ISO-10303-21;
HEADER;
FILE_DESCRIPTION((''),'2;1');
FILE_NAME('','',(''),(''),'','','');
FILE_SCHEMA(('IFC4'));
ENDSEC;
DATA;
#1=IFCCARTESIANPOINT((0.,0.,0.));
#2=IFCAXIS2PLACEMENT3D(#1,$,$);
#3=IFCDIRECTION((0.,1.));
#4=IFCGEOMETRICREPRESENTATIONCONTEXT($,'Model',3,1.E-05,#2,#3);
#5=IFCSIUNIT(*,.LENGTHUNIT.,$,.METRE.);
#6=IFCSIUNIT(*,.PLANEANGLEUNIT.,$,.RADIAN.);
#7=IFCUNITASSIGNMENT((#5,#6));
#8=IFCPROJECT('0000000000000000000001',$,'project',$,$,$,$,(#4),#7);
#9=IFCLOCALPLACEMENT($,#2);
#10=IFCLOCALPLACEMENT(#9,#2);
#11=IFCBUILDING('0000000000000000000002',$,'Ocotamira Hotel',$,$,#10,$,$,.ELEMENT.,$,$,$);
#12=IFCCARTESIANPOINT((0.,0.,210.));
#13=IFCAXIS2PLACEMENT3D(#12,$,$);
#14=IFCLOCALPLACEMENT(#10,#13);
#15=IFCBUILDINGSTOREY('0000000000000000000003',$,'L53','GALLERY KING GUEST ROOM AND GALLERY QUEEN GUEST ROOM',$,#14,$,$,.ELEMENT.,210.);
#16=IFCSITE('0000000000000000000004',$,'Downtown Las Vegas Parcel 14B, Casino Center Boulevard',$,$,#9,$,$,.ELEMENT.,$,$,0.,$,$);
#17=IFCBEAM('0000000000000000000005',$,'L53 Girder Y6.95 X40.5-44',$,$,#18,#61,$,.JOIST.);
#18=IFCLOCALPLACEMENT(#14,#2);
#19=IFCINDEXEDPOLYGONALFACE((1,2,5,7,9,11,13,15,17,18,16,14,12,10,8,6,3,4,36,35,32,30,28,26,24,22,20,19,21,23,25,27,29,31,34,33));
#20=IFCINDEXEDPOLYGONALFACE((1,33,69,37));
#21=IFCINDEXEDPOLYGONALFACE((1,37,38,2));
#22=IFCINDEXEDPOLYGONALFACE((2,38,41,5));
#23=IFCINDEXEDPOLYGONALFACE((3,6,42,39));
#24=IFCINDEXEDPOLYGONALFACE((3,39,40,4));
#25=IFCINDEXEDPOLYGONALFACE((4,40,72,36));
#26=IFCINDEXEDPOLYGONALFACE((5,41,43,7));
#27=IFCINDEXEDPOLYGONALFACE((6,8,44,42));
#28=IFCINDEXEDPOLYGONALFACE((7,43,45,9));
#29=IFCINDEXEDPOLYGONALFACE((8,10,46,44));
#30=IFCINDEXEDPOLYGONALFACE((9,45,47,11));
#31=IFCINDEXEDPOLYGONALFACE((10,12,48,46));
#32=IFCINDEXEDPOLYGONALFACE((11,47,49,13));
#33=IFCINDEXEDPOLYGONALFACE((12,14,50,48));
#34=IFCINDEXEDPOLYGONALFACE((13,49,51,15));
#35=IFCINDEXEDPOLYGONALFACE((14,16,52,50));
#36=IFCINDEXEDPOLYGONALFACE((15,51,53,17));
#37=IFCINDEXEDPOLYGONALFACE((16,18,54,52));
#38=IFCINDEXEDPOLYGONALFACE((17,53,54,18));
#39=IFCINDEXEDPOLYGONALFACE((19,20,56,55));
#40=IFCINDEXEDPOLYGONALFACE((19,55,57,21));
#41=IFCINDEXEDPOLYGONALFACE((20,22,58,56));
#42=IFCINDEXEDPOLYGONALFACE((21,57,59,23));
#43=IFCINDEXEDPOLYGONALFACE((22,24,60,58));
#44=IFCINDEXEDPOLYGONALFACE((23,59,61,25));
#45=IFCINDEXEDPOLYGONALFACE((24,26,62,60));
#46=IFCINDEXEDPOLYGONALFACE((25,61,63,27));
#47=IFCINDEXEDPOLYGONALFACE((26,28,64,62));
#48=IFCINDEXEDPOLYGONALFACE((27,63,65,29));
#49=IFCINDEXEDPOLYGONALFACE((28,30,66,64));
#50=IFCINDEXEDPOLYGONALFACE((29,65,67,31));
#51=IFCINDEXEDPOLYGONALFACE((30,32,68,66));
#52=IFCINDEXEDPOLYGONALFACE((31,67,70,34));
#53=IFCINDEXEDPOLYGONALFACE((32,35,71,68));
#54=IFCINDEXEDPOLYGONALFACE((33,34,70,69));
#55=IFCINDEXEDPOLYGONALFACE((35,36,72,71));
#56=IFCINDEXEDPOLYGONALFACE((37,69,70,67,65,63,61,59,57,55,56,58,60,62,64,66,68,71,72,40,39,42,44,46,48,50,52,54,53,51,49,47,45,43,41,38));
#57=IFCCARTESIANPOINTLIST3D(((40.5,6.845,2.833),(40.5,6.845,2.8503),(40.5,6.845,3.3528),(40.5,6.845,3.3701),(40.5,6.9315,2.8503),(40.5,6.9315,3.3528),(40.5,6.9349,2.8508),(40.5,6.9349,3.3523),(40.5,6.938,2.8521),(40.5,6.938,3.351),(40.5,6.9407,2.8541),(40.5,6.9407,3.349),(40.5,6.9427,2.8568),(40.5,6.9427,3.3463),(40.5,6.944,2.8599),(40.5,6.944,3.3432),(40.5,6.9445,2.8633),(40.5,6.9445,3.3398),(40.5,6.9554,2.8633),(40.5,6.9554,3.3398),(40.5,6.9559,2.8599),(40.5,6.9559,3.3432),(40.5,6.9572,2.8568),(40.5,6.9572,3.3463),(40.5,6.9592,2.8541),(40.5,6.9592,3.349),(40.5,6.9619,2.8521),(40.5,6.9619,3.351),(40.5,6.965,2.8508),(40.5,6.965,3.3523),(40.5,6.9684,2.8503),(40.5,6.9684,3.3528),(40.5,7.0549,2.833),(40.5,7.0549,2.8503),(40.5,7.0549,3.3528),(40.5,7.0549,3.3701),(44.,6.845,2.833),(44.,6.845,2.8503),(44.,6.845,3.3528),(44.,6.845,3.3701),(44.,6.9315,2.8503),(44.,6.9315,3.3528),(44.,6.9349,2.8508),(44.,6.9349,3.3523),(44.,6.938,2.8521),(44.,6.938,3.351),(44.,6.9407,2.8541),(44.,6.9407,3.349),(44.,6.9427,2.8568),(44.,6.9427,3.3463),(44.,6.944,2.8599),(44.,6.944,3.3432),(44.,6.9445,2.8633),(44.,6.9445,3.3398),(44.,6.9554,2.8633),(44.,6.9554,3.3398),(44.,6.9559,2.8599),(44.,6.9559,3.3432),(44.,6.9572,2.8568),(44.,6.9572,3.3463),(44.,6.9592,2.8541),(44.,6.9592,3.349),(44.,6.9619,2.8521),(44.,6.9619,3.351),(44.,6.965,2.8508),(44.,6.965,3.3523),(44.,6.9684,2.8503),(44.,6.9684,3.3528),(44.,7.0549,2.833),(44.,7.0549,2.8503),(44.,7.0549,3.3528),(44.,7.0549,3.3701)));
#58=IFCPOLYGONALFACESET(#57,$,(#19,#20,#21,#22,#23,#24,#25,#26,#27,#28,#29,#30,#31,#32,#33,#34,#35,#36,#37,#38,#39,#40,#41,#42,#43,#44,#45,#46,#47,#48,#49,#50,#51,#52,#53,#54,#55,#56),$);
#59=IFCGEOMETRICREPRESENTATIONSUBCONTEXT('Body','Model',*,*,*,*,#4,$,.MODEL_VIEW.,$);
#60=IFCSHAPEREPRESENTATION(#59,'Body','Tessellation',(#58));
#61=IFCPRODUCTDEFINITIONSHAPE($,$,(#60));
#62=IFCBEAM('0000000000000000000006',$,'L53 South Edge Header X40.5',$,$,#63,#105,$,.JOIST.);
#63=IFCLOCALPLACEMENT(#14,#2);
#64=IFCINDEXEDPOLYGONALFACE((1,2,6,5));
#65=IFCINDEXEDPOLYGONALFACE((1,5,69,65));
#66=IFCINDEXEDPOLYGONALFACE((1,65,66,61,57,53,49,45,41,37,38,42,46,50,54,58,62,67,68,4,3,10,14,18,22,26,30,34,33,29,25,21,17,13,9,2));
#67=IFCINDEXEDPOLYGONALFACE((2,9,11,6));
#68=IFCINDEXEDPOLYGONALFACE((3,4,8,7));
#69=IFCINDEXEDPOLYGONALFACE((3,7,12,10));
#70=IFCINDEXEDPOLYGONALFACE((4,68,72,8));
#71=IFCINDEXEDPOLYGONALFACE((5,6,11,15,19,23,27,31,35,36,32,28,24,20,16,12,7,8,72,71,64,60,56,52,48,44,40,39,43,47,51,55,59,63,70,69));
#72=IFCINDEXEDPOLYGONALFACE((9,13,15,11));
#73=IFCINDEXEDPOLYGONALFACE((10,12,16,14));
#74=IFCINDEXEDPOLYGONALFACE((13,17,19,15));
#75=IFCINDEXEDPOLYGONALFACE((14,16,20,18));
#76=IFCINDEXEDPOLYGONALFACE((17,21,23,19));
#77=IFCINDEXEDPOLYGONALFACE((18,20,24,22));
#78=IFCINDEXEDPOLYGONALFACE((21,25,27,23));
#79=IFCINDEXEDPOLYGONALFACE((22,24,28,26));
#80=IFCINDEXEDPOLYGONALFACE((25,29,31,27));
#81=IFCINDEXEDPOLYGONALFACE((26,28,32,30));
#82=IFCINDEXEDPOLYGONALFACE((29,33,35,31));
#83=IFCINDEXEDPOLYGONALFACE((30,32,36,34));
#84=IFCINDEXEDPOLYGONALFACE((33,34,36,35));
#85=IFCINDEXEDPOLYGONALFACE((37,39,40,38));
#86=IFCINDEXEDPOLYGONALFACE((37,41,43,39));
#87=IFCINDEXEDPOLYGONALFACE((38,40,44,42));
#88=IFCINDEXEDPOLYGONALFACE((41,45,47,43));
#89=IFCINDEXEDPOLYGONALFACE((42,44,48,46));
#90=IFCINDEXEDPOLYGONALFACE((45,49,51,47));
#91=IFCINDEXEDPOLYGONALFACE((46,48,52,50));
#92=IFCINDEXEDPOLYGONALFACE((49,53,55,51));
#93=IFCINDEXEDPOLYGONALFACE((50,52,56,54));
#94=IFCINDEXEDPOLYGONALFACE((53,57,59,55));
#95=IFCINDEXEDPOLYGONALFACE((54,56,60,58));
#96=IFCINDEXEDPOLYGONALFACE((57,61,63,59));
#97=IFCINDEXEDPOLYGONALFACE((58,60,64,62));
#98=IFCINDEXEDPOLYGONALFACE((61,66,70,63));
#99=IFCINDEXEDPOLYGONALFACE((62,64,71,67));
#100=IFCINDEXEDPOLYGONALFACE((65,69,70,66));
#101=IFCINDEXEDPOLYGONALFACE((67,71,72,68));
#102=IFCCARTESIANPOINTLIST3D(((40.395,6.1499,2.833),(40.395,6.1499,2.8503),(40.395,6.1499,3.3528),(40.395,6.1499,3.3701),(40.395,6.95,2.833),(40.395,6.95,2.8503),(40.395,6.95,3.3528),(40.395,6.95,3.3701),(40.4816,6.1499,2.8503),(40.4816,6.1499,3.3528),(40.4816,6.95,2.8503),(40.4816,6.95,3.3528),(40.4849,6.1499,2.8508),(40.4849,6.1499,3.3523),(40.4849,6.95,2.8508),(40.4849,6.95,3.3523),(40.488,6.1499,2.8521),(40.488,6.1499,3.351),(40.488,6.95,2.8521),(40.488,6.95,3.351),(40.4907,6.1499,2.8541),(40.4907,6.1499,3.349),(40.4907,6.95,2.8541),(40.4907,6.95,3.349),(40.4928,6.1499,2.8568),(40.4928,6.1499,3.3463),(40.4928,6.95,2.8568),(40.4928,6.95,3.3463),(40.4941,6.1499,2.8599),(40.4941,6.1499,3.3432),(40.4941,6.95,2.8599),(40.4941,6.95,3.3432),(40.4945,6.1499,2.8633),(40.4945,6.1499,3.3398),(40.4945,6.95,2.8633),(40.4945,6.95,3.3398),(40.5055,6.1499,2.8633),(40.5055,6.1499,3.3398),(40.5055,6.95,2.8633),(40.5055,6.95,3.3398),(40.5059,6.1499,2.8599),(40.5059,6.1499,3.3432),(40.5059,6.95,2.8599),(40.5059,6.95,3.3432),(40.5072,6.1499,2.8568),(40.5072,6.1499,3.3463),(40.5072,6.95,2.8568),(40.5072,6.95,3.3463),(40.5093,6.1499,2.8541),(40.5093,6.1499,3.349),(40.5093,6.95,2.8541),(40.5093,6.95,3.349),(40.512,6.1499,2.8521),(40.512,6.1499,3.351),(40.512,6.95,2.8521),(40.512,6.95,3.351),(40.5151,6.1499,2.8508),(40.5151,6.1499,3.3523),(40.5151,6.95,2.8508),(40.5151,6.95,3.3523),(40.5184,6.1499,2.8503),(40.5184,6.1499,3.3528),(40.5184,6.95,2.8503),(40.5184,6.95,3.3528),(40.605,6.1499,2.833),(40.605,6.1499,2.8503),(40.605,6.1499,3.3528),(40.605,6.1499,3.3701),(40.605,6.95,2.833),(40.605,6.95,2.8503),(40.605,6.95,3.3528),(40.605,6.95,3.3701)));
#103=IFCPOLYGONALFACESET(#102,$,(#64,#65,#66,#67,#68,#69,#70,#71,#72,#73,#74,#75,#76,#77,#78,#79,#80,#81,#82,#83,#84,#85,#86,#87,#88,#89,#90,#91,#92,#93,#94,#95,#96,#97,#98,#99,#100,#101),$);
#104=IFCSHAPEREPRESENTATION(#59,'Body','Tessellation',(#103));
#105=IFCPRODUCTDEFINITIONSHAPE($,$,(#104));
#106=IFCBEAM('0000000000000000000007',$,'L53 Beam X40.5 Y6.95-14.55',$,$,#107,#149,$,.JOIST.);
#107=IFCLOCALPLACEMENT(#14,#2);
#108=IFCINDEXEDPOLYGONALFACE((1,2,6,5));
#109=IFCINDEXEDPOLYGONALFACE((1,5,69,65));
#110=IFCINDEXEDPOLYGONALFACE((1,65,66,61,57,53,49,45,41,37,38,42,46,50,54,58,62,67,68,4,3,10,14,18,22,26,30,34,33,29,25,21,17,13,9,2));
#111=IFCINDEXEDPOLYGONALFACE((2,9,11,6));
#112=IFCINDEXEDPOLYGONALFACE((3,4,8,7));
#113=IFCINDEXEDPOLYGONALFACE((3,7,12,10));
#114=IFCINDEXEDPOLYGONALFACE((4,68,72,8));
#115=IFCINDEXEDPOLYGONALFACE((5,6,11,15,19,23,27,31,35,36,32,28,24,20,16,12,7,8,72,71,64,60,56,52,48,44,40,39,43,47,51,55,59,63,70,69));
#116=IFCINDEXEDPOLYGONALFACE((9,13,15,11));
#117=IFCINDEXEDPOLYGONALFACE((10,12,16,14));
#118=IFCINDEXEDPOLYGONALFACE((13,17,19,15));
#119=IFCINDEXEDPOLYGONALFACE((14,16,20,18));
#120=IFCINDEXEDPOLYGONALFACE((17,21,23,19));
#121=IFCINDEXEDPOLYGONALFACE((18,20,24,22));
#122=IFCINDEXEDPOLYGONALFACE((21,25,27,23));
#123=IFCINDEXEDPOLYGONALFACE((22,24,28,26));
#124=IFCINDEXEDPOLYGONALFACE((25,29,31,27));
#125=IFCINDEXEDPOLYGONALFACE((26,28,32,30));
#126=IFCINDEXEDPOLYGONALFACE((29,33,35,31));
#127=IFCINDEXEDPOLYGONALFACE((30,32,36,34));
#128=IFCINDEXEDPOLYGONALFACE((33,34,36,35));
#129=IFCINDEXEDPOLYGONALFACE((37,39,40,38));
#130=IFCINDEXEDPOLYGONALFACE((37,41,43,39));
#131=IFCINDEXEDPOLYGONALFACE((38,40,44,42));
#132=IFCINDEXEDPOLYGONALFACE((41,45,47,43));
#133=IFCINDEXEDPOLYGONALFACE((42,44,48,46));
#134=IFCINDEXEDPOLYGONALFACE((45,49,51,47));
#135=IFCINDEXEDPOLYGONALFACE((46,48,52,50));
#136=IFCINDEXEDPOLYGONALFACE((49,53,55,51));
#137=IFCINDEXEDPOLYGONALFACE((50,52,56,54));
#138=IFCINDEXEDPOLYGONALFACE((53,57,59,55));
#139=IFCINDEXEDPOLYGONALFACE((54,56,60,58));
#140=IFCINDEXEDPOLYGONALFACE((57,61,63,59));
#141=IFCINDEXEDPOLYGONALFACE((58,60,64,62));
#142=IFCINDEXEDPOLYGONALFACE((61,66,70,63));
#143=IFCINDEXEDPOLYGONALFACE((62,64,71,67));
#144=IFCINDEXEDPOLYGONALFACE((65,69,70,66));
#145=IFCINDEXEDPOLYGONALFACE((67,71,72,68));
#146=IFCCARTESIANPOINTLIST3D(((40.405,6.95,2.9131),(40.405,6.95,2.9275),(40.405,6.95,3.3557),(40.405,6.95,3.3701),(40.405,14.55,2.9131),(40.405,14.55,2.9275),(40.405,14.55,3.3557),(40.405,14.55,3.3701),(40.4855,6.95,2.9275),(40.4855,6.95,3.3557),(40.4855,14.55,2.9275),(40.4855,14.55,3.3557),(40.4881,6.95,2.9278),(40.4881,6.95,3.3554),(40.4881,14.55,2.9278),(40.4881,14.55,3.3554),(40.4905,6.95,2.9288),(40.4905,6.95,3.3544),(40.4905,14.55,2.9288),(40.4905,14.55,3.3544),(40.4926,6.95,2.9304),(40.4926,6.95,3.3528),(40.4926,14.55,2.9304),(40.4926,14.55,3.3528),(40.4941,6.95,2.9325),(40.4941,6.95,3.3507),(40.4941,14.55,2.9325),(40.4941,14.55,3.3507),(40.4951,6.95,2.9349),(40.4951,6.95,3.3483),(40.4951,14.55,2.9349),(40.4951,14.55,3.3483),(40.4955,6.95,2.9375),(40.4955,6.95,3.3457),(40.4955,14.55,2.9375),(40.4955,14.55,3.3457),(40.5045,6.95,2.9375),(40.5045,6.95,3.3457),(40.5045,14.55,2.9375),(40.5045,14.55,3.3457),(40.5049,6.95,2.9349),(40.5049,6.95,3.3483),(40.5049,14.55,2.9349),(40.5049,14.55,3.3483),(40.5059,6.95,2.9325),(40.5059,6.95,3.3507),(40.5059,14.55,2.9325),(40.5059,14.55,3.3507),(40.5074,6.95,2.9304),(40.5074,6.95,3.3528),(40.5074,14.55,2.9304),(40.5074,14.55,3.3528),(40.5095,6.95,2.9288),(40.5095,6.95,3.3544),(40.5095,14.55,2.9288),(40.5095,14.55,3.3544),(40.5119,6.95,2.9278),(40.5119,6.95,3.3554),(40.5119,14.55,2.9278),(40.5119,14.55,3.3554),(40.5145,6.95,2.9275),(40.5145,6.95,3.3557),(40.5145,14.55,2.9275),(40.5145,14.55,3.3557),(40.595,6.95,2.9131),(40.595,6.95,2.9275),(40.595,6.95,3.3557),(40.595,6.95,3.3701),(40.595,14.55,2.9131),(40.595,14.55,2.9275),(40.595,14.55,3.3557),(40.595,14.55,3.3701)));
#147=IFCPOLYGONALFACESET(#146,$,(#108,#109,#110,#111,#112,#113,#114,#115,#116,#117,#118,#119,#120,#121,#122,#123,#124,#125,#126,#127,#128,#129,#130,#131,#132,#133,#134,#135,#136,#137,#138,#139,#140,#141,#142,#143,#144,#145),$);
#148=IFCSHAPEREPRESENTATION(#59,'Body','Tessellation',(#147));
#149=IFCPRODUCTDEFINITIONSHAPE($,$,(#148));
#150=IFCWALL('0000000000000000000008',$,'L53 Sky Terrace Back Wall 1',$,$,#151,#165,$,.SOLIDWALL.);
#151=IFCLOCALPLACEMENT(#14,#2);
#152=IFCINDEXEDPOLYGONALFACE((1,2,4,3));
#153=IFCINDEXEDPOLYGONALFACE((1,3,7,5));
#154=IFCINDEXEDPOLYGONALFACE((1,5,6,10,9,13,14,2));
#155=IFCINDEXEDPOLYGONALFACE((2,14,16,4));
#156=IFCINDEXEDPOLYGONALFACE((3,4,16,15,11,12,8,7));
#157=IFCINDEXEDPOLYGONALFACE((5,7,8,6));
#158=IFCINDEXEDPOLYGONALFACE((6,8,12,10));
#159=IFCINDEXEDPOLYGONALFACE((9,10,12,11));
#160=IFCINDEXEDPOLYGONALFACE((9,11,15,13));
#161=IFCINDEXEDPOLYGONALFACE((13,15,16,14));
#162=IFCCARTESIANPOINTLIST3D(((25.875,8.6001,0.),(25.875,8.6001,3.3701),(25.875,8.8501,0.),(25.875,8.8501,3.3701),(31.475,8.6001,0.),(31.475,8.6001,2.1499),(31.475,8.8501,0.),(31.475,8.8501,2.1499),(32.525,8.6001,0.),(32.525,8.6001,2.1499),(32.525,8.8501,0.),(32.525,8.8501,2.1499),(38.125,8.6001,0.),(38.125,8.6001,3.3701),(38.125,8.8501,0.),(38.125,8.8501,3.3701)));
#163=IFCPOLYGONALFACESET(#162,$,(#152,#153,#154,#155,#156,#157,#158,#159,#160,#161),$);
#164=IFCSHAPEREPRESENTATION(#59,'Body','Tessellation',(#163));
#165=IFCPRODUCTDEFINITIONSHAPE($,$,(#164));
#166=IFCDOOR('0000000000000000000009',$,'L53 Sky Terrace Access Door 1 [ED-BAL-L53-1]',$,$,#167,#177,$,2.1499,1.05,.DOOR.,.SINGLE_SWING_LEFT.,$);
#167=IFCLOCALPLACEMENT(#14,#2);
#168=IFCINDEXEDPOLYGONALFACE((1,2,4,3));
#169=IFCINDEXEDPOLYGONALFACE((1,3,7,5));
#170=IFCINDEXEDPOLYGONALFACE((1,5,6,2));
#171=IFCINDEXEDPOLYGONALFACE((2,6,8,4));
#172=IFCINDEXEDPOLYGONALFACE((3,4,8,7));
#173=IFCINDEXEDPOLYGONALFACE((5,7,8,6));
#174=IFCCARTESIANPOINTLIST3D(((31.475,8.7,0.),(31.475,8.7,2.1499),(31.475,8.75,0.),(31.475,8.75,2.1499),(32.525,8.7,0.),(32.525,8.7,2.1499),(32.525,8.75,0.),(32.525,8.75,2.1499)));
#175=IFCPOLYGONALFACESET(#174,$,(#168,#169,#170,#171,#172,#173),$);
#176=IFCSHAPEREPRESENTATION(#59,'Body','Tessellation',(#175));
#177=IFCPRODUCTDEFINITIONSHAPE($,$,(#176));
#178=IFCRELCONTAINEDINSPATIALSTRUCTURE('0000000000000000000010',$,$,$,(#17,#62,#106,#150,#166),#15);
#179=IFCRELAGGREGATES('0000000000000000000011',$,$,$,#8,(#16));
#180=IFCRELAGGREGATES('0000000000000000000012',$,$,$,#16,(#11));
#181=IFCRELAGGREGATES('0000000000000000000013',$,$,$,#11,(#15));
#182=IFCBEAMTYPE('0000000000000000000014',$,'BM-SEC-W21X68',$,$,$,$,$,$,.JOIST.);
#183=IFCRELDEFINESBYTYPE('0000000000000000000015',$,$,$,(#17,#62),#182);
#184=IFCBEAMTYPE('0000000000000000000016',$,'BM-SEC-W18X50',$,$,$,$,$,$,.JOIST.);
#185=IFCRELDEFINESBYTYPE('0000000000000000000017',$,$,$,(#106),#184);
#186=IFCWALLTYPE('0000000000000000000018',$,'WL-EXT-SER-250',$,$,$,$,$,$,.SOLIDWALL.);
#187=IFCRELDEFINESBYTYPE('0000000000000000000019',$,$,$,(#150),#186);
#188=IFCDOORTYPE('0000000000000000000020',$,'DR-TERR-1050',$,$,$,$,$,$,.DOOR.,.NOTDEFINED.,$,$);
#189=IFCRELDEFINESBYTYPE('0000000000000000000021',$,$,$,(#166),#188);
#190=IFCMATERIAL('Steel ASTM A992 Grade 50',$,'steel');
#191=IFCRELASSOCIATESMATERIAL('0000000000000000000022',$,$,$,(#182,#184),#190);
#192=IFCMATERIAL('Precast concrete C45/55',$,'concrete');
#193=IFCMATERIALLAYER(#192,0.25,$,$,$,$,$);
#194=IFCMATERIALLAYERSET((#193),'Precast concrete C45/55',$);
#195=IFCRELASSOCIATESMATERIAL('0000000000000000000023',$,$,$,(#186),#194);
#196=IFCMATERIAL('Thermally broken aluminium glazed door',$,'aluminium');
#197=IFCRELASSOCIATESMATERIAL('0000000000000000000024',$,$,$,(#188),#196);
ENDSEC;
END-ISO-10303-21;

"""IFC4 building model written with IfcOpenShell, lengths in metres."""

from ifc_helpers import new_model, si_unit, direction, frame, frame_2d, origin, origin_2d, place, context, subcontext, project, spatial, rectangle, i_section, extrude, source, transform, mapped, material, layer, layer_set, material_profile, profile_set, type_object, element, fill, save


model = new_model("IFC4")

# Units and contexts
model_context = context("Model", 3, precision=1e-05, world=origin(), true_north=direction((0.0, 1.0)))
body_context = subcontext(model_context, "Body", "Model", "MODEL_VIEW")
ifc_project = project(units=[si_unit("LENGTHUNIT", "METRE"), si_unit("PLANEANGLEUNIT", "RADIAN")], contexts=[model_context])

# Site, building, storey
site_placement = place(None, origin())
site = spatial("IfcSite", under=ifc_project, at=site_placement, Name="Downtown Las Vegas Parcel 14B, Casino Center Boulevard", CompositionType="ELEMENT", RefElevation=0.0)
building_placement = place(site_placement, origin())
building = spatial("IfcBuilding", under=site, at=building_placement, Name="Ocotamira Hotel", CompositionType="ELEMENT")
storey_placement = place(building_placement, frame((0.0, 0.0, 210.0)))
storey = spatial("IfcBuildingStorey", under=building, at=storey_placement, Name="L53", Description="GALLERY KING GUEST ROOM AND GALLERY QUEEN GUEST ROOM", CompositionType="ELEMENT", Elevation=210.0)

# Beams
ifc_material_1 = material(Name="Steel ASTM A992 Grade 50", Category="steel")
ifc_material_profile_1 = material_profile(ifc_material_1, i_section(OverallWidth=0.21, OverallDepth=0.5371, WebThickness=0.011, FlangeThickness=0.0173, FilletRadius=0.0129, at=origin_2d()), Name="W21X68")
ifc_profile_set_1 = profile_set([ifc_material_profile_1], Name="Steel ASTM A992 Grade 50")
beam_type_1 = type_object("IfcBeamType", Name="BM-SEC-W21X68", PredefinedType="JOIST", material=ifc_profile_set_1)
shared_shape_1 = source(origin(), body_context, "Body", "SweptSolid", [
    extrude(i_section(OverallWidth=0.21, OverallDepth=0.5371, WebThickness=0.011, FlangeThickness=0.0173, FilletRadius=0.0129, at=origin_2d()), origin(), (0.0, 0.0, 1.0), 3.5),
])
beam_1_placement = place(storey_placement, frame((40.5, 6.95, 3.1016), z_axis=(1.0, 0.0, 0.0), x_axis=(0.0, 1.0, 0.0)))
element("IfcBeam", 1, at=beam_1_placement, inside=storey, type_object=beam_type_1, Name="L53 Girder Y6.95 X40.5-44", PredefinedType="JOIST", context=body_context, shape_type="MappedRepresentation", body=[
    mapped(shared_shape_1, transform((0.0, 0.0, 0.0), scale=1.0)),
])
shared_shape_2 = source(origin(), body_context, "Body", "SweptSolid", [
    extrude(i_section(OverallWidth=0.21, OverallDepth=0.5371, WebThickness=0.011, FlangeThickness=0.0173, FilletRadius=0.0129, at=origin_2d()), origin(), (0.0, 0.0, 1.0), 0.8),
])
beam_2_placement = place(storey_placement, frame((40.5, 6.95, 3.1016), z_axis=(0.0, -1.0, 0.0), x_axis=(1.0, 0.0, 0.0)))
element("IfcBeam", 2, at=beam_2_placement, inside=storey, type_object=beam_type_1, Name="L53 South Edge Header X40.5", PredefinedType="JOIST", context=body_context, shape_type="MappedRepresentation", body=[
    mapped(shared_shape_2, transform((0.0, 0.0, 0.0), scale=1.0)),
])
ifc_material_profile_2 = material_profile(ifc_material_1, i_section(OverallWidth=0.1899, OverallDepth=0.457, WebThickness=0.009, FlangeThickness=0.0144, FilletRadius=0.01, at=origin_2d()), Name="W18X50")
ifc_profile_set_2 = profile_set([ifc_material_profile_2], Name="Steel ASTM A992 Grade 50")
beam_type_2 = type_object("IfcBeamType", Name="BM-SEC-W18X50", PredefinedType="JOIST", material=ifc_profile_set_2)
shared_shape_3 = source(origin(), body_context, "Body", "SweptSolid", [
    extrude(i_section(OverallWidth=0.1899, OverallDepth=0.457, WebThickness=0.009, FlangeThickness=0.0144, FilletRadius=0.01, at=origin_2d()), origin(), (0.0, 0.0, 1.0), 7.6001),
])
beam_3_placement = place(storey_placement, frame((40.5, 6.95, 3.1416), z_axis=(0.0, 1.0, 0.0), x_axis=(-1.0, 0.0, 0.0)))
element("IfcBeam", 3, at=beam_3_placement, inside=storey, type_object=beam_type_2, Name="L53 Beam X40.5 Y6.95-14.55", PredefinedType="JOIST", context=body_context, shape_type="MappedRepresentation", body=[
    mapped(shared_shape_3, transform((0.0, 0.0, 0.0), scale=1.0)),
])

# Wall, opening, door
ifc_material_2 = material(Name="Precast concrete C45/55", Category="concrete")
ifc_layer_1 = layer(ifc_material_2, 0.25)
ifc_layer_set_1 = layer_set([ifc_layer_1], Name="Precast concrete C45/55")
wall_type_1 = type_object("IfcWallType", Name="WL-EXT-SER-250", PredefinedType="SOLIDWALL", material=ifc_layer_set_1)
wall_1_placement = place(storey_placement, frame((25.875, 8.7251, 0.0), z_axis=(0.0, 0.0, 1.0), x_axis=(1.0, 0.0, 0.0)))
wall_1 = element("IfcWall", 4, at=wall_1_placement, inside=storey, type_object=wall_type_1, Name="L53 Sky Terrace Back Wall 1", PredefinedType="SOLIDWALL", context=body_context, shape_type="SweptSolid", body=[
    extrude(rectangle(XDim=12.25, YDim=0.25, at=frame_2d((6.125, 0.0))), origin(), (0.0, 0.0, 1.0), 3.3701),
])
opening_1_placement = place(wall_1_placement, frame((5.6001, 0.0, 0.0)))
opening_1 = element("IfcOpeningElement", 5, at=opening_1_placement, cuts=wall_1, PredefinedType="OPENING", context=body_context, shape_type="SweptSolid", body=[
    extrude(rectangle(XDim=1.05, YDim=2.1499, at=frame_2d((0.5249, 1.075))), frame((0.0, 0.135, 0.0), z_axis=(0.0, -1.0, 0.0), x_axis=(1.0, 0.0, 0.0)), (0.0, 0.0, 1.0), 0.27),
])
ifc_material_3 = material(Name="Thermally broken aluminium glazed door", Category="aluminium")
door_type_1 = type_object("IfcDoorType", Name="DR-TERR-1050", OperationType="NOTDEFINED", PredefinedType="DOOR", material=ifc_material_3)
shared_shape_4 = source(origin(), body_context, "Body", "SweptSolid", [
    extrude(rectangle(XDim=1.05, YDim=2.1499, at=frame_2d((0.5249, 1.075))), frame((0.0, 0.0249, 0.0), z_axis=(0.0, -1.0, 0.0), x_axis=(1.0, 0.0, 0.0)), (0.0, 0.0, 1.0), 0.05),
])
door_1_placement = place(opening_1_placement, origin())
door_1 = element("IfcDoor", 6, at=door_1_placement, inside=storey, type_object=door_type_1, Name="L53 Sky Terrace Access Door 1 [ED-BAL-L53-1]", OperationType="SINGLE_SWING_LEFT", OverallHeight=2.1499, OverallWidth=1.05, PredefinedType="DOOR", context=body_context, shape_type="MappedRepresentation", body=[
    mapped(shared_shape_4, transform((0.0, 0.0, 0.0), scale=1.0)),
])
fill(opening_1, door_1)

save(model, "model.ifc")
